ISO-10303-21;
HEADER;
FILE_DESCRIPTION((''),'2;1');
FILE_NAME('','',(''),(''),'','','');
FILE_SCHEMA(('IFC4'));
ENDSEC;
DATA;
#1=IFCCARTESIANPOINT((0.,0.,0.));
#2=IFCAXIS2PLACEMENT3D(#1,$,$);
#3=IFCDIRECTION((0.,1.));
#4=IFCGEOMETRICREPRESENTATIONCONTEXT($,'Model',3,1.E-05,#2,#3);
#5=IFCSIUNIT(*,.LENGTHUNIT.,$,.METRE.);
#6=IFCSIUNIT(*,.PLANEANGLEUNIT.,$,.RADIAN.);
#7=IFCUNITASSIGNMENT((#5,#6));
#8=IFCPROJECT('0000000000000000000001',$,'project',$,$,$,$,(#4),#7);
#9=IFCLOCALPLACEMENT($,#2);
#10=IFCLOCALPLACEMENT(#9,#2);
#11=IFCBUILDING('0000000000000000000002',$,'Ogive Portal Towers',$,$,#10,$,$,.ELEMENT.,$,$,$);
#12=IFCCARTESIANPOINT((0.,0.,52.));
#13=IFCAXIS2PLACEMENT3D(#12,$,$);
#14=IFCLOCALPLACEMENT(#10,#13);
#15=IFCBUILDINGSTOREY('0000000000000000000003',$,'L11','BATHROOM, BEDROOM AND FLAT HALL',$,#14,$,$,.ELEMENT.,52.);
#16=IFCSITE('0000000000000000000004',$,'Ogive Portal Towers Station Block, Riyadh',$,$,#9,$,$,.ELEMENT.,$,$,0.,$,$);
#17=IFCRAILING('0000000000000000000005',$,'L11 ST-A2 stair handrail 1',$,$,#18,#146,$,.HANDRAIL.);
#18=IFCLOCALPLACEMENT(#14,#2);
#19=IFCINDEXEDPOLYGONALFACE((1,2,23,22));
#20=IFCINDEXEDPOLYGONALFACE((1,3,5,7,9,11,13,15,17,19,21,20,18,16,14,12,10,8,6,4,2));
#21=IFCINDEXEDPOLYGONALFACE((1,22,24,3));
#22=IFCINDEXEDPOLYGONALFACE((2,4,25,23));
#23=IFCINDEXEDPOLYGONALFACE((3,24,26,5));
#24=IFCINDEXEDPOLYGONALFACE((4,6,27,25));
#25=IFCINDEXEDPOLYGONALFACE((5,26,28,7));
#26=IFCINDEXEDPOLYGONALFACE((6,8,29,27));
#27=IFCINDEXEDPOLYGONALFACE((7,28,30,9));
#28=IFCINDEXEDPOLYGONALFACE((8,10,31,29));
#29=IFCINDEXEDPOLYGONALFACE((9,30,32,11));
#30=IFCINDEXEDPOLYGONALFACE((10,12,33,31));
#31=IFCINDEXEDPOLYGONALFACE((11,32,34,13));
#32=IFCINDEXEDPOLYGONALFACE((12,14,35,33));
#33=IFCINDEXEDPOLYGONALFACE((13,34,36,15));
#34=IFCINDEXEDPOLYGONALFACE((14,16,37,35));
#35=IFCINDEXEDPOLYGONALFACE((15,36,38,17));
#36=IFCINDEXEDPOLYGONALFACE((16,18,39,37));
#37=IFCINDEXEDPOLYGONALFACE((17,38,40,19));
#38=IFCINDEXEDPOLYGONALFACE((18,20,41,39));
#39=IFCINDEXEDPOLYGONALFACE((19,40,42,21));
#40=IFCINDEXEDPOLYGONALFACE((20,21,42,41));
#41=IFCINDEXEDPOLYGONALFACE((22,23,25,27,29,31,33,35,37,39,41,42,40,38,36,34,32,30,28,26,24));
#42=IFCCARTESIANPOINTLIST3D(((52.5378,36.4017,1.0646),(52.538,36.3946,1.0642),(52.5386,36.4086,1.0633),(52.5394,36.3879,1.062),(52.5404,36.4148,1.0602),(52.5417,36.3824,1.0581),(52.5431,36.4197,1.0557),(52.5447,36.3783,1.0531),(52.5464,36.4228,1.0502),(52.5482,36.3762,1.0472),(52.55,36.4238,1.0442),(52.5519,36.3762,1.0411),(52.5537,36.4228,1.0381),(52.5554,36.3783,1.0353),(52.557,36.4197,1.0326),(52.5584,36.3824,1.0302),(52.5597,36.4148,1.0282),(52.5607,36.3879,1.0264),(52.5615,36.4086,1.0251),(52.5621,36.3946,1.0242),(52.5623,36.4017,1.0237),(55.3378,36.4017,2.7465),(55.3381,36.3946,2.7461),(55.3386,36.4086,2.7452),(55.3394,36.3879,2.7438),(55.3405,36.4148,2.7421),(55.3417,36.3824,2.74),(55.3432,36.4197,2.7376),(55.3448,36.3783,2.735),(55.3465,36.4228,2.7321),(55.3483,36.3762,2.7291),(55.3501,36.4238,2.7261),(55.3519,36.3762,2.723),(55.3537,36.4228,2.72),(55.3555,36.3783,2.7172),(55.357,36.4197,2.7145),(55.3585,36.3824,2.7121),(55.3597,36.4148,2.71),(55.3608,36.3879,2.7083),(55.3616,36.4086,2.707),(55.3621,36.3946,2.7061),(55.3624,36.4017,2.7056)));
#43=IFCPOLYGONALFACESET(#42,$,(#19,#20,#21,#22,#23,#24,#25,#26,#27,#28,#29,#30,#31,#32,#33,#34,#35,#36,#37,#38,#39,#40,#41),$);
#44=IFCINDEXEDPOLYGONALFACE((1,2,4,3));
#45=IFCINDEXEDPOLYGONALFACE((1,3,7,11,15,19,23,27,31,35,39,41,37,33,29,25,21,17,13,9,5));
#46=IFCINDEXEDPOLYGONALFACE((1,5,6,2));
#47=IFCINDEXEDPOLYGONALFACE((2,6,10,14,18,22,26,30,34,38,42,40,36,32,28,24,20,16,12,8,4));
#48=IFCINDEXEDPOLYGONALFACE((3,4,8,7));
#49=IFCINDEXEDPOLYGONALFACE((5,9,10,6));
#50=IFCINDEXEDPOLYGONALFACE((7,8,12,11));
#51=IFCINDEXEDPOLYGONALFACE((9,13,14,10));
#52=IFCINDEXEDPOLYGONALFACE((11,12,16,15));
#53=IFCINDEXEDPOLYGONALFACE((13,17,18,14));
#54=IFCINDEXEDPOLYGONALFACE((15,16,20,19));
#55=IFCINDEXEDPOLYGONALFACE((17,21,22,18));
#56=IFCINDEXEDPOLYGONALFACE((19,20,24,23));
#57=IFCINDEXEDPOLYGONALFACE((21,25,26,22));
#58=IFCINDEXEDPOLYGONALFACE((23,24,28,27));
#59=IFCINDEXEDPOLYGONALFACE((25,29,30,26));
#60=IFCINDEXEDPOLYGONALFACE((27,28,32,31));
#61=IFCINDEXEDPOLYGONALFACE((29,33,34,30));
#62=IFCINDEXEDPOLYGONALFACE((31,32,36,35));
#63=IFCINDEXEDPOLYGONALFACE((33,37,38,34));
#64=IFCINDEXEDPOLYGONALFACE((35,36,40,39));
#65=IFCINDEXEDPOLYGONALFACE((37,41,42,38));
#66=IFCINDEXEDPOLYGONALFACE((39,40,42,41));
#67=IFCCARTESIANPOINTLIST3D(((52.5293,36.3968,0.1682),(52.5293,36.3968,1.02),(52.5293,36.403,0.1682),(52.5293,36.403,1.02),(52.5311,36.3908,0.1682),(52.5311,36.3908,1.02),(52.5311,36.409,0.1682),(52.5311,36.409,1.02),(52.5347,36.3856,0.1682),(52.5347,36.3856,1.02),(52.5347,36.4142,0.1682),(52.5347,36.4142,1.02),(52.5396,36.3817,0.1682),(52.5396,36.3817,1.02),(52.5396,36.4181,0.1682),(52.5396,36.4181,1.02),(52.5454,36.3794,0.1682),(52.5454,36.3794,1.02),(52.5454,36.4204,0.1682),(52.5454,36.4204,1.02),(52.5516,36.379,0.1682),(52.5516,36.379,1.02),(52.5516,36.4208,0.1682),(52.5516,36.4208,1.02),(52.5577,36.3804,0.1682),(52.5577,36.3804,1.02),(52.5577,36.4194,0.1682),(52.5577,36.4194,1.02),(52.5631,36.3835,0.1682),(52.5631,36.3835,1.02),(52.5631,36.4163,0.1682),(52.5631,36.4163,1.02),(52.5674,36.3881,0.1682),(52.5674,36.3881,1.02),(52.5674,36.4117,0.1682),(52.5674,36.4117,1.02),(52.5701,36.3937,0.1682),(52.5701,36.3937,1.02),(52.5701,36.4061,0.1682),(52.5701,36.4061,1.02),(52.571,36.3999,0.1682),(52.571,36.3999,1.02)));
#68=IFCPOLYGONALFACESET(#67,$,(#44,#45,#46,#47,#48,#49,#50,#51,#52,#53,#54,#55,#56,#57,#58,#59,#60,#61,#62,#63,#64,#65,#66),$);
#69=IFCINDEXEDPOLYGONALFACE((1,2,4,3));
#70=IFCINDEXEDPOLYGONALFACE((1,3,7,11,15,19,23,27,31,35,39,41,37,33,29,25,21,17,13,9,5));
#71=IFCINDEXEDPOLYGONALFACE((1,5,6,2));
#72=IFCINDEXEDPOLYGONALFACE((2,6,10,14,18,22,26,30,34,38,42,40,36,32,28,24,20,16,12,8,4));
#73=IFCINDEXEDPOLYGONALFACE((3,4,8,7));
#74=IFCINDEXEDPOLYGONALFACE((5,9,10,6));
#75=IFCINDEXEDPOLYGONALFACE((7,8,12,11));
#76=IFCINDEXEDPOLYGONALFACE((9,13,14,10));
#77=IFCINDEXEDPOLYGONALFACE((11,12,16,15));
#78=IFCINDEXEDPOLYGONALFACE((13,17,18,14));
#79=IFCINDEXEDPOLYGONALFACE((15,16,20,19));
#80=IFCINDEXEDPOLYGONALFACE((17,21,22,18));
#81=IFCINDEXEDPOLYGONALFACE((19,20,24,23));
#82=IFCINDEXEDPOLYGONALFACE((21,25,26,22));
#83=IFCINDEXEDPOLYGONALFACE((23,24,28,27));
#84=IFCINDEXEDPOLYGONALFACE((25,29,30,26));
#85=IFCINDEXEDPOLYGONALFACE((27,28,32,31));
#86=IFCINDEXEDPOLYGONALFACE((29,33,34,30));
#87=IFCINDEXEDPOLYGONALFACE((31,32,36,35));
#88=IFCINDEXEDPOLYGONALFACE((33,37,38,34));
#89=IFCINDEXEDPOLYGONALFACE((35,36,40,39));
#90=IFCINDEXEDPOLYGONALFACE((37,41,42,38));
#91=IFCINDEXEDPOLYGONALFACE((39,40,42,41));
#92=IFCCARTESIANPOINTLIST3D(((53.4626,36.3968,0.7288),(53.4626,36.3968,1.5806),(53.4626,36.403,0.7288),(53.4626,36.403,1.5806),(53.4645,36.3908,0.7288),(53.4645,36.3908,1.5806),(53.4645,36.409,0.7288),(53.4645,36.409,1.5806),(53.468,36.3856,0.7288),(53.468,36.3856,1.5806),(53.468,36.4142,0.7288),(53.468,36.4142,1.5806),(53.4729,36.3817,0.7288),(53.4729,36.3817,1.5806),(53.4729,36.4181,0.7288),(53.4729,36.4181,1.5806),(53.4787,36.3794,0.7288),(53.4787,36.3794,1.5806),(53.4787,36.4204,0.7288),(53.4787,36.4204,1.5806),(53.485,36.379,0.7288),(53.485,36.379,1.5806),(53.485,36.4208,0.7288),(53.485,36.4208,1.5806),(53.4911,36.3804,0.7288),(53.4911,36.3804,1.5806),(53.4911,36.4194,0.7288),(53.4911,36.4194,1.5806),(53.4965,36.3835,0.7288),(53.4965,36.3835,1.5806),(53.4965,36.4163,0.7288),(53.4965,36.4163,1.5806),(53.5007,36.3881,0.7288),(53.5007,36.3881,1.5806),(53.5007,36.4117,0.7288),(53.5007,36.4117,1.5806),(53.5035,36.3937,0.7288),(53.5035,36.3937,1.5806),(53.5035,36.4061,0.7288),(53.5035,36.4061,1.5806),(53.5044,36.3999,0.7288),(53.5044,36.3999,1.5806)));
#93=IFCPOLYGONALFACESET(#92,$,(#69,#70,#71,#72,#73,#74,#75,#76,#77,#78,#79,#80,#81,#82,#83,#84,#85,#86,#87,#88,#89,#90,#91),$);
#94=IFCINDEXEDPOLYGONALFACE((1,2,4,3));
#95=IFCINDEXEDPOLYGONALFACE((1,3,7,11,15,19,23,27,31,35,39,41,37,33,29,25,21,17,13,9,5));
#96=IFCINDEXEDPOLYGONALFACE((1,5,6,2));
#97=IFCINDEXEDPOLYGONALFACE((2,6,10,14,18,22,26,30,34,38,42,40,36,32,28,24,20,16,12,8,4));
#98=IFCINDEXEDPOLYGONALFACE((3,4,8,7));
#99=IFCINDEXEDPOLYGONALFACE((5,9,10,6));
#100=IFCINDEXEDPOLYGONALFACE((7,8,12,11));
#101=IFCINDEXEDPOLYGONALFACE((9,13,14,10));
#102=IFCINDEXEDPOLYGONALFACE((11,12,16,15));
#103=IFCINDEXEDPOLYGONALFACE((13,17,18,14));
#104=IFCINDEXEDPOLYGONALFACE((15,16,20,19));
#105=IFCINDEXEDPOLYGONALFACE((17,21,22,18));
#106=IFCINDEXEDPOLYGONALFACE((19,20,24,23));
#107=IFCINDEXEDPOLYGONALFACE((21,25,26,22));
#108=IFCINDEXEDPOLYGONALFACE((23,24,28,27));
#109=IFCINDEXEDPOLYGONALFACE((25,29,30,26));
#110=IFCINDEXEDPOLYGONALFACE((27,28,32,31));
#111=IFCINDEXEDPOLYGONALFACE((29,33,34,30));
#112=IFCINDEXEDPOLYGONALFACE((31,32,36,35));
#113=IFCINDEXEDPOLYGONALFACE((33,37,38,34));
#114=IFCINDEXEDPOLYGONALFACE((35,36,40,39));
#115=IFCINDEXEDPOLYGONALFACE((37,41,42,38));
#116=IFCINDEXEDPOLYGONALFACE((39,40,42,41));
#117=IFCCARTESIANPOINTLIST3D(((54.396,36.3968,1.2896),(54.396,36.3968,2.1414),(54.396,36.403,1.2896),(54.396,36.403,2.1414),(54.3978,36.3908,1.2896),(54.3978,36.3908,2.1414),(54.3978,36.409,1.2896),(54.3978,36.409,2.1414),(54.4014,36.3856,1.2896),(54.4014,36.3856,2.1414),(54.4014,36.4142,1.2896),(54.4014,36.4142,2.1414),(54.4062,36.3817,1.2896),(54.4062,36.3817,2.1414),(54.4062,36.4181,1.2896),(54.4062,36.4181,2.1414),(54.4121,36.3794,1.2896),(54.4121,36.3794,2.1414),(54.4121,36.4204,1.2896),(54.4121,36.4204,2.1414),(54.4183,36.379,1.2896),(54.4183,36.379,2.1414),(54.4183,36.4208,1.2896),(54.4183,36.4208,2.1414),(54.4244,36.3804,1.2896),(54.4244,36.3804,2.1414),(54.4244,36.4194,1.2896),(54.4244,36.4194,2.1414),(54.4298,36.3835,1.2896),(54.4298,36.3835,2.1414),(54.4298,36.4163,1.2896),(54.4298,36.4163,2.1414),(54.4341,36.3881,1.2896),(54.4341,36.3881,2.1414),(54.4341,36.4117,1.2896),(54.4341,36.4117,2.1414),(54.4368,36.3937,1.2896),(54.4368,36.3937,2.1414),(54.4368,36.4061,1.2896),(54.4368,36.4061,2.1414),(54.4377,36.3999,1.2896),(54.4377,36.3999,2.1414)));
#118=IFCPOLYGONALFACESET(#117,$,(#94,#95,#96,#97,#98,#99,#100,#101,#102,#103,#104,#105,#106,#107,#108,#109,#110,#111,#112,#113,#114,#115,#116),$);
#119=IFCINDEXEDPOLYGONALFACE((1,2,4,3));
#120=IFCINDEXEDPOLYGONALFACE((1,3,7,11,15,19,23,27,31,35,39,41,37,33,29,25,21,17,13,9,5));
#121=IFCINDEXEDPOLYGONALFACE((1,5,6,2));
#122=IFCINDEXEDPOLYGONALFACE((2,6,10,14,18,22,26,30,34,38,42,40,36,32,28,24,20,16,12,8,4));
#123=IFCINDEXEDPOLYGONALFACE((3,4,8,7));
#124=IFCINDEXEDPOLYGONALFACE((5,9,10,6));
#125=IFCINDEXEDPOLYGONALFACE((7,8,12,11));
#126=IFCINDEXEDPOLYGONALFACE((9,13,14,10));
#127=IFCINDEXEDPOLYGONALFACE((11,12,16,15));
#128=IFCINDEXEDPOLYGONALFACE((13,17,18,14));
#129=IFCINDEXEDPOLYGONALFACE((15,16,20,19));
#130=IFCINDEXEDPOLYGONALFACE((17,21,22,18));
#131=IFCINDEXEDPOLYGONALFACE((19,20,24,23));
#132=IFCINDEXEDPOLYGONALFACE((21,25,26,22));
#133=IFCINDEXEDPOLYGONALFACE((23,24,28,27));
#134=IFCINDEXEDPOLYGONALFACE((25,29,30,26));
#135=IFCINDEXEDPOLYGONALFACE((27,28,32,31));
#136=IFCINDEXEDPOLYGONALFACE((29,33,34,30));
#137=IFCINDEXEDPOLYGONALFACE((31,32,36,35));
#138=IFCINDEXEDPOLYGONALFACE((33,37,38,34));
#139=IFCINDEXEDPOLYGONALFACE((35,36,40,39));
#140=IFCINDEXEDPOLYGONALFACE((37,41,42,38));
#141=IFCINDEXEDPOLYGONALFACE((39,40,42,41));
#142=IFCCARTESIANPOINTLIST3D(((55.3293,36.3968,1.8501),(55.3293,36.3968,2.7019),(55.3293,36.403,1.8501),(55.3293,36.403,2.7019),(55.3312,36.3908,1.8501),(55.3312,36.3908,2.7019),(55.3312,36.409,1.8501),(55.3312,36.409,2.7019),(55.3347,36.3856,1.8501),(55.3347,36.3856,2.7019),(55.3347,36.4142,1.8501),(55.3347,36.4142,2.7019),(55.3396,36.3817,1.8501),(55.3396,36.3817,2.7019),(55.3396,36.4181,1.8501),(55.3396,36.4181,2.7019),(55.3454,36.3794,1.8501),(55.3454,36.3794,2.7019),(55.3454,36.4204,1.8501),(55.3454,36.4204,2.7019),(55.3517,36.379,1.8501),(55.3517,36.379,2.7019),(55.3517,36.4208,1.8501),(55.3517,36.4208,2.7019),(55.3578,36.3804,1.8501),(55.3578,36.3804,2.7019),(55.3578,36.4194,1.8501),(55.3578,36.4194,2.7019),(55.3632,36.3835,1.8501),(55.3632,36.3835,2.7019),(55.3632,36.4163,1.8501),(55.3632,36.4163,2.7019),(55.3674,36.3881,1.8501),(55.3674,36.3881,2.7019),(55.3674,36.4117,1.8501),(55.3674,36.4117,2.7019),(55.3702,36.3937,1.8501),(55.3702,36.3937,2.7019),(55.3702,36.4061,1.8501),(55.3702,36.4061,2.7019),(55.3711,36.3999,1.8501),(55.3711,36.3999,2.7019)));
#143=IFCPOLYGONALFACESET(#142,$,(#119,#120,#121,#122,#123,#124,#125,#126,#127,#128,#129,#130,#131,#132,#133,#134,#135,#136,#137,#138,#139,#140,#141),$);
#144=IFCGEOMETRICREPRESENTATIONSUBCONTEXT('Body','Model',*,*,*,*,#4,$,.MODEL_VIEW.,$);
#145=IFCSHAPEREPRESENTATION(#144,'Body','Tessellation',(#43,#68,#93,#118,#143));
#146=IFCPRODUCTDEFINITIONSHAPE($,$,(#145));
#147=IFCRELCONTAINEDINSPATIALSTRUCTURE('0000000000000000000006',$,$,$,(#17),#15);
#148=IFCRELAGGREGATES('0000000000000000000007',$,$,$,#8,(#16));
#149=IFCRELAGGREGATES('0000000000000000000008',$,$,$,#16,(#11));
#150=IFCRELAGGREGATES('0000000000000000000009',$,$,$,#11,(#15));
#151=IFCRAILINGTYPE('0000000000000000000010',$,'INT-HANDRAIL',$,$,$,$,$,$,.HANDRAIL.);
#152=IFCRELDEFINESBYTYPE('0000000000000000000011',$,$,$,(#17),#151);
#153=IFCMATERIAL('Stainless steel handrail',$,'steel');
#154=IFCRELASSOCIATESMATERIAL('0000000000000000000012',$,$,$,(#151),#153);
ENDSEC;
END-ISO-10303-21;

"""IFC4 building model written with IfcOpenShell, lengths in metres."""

from ifc_helpers import new_model, si_unit, direction, frame, origin, origin_2d, place, context, subcontext, project, spatial, circle, extrude, material, type_object, element, save


model = new_model("IFC4")

# Units and contexts
model_context = context("Model", 3, precision=1e-05, world=origin(), true_north=direction((0.0, 1.0)))
body_context = subcontext(model_context, "Body", "Model", "MODEL_VIEW")
ifc_project = project(units=[si_unit("LENGTHUNIT", "METRE"), si_unit("PLANEANGLEUNIT", "RADIAN")], contexts=[model_context])

# Site, building, storey
site_placement = place(None, origin())
site = spatial("IfcSite", under=ifc_project, at=site_placement, Name="Ogive Portal Towers Station Block, Riyadh", CompositionType="ELEMENT", RefElevation=0.0)
building_placement = place(site_placement, origin())
building = spatial("IfcBuilding", under=site, at=building_placement, Name="Ogive Portal Towers", CompositionType="ELEMENT")
storey_placement = place(building_placement, frame((0.0, 0.0, 52.0)))
storey = spatial("IfcBuildingStorey", under=building, at=storey_placement, Name="L11", Description="BATHROOM, BEDROOM AND FLAT HALL", CompositionType="ELEMENT", Elevation=52.0)

# Railing
ifc_material_1 = material(Name="Stainless steel handrail", Category="steel")
railing_type_1 = type_object("IfcRailingType", Name="INT-HANDRAIL", PredefinedType="HANDRAIL", material=ifc_material_1)
railing_1_placement = place(storey_placement, frame((52.55, 36.3999, 0.1682)))
element("IfcRailing", 1, at=railing_1_placement, inside=storey, type_object=railing_type_1, Name="L11 ST-A2 stair handrail 1", PredefinedType="HANDRAIL", context=body_context, shape_type="SweptSolid", body=[
    extrude(circle(Radius=0.0239, at=origin_2d()), frame((0.0, 0.0, 0.876), z_axis=(0.857242, 0.0, 0.514913), x_axis=(0.0, 1.0, 0.0)), (0.0, 0.0, 1.0), 3.2664),
    extrude(circle(Radius=0.021, at=origin_2d()), origin(), (0.0, 0.0, 1.0), 0.8518),
    extrude(circle(Radius=0.021, at=origin_2d()), frame((0.9333, 0.0, 0.5605)), (0.0, 0.0, 1.0), 0.8518),
    extrude(circle(Radius=0.021, at=origin_2d()), frame((1.8667, 0.0, 1.1213)), (0.0, 0.0, 1.0), 0.8518),
    extrude(circle(Radius=0.021, at=origin_2d()), frame((2.8, 0.0, 1.6819)), (0.0, 0.0, 1.0), 0.8518),
])

save(model, "model.ifc")
